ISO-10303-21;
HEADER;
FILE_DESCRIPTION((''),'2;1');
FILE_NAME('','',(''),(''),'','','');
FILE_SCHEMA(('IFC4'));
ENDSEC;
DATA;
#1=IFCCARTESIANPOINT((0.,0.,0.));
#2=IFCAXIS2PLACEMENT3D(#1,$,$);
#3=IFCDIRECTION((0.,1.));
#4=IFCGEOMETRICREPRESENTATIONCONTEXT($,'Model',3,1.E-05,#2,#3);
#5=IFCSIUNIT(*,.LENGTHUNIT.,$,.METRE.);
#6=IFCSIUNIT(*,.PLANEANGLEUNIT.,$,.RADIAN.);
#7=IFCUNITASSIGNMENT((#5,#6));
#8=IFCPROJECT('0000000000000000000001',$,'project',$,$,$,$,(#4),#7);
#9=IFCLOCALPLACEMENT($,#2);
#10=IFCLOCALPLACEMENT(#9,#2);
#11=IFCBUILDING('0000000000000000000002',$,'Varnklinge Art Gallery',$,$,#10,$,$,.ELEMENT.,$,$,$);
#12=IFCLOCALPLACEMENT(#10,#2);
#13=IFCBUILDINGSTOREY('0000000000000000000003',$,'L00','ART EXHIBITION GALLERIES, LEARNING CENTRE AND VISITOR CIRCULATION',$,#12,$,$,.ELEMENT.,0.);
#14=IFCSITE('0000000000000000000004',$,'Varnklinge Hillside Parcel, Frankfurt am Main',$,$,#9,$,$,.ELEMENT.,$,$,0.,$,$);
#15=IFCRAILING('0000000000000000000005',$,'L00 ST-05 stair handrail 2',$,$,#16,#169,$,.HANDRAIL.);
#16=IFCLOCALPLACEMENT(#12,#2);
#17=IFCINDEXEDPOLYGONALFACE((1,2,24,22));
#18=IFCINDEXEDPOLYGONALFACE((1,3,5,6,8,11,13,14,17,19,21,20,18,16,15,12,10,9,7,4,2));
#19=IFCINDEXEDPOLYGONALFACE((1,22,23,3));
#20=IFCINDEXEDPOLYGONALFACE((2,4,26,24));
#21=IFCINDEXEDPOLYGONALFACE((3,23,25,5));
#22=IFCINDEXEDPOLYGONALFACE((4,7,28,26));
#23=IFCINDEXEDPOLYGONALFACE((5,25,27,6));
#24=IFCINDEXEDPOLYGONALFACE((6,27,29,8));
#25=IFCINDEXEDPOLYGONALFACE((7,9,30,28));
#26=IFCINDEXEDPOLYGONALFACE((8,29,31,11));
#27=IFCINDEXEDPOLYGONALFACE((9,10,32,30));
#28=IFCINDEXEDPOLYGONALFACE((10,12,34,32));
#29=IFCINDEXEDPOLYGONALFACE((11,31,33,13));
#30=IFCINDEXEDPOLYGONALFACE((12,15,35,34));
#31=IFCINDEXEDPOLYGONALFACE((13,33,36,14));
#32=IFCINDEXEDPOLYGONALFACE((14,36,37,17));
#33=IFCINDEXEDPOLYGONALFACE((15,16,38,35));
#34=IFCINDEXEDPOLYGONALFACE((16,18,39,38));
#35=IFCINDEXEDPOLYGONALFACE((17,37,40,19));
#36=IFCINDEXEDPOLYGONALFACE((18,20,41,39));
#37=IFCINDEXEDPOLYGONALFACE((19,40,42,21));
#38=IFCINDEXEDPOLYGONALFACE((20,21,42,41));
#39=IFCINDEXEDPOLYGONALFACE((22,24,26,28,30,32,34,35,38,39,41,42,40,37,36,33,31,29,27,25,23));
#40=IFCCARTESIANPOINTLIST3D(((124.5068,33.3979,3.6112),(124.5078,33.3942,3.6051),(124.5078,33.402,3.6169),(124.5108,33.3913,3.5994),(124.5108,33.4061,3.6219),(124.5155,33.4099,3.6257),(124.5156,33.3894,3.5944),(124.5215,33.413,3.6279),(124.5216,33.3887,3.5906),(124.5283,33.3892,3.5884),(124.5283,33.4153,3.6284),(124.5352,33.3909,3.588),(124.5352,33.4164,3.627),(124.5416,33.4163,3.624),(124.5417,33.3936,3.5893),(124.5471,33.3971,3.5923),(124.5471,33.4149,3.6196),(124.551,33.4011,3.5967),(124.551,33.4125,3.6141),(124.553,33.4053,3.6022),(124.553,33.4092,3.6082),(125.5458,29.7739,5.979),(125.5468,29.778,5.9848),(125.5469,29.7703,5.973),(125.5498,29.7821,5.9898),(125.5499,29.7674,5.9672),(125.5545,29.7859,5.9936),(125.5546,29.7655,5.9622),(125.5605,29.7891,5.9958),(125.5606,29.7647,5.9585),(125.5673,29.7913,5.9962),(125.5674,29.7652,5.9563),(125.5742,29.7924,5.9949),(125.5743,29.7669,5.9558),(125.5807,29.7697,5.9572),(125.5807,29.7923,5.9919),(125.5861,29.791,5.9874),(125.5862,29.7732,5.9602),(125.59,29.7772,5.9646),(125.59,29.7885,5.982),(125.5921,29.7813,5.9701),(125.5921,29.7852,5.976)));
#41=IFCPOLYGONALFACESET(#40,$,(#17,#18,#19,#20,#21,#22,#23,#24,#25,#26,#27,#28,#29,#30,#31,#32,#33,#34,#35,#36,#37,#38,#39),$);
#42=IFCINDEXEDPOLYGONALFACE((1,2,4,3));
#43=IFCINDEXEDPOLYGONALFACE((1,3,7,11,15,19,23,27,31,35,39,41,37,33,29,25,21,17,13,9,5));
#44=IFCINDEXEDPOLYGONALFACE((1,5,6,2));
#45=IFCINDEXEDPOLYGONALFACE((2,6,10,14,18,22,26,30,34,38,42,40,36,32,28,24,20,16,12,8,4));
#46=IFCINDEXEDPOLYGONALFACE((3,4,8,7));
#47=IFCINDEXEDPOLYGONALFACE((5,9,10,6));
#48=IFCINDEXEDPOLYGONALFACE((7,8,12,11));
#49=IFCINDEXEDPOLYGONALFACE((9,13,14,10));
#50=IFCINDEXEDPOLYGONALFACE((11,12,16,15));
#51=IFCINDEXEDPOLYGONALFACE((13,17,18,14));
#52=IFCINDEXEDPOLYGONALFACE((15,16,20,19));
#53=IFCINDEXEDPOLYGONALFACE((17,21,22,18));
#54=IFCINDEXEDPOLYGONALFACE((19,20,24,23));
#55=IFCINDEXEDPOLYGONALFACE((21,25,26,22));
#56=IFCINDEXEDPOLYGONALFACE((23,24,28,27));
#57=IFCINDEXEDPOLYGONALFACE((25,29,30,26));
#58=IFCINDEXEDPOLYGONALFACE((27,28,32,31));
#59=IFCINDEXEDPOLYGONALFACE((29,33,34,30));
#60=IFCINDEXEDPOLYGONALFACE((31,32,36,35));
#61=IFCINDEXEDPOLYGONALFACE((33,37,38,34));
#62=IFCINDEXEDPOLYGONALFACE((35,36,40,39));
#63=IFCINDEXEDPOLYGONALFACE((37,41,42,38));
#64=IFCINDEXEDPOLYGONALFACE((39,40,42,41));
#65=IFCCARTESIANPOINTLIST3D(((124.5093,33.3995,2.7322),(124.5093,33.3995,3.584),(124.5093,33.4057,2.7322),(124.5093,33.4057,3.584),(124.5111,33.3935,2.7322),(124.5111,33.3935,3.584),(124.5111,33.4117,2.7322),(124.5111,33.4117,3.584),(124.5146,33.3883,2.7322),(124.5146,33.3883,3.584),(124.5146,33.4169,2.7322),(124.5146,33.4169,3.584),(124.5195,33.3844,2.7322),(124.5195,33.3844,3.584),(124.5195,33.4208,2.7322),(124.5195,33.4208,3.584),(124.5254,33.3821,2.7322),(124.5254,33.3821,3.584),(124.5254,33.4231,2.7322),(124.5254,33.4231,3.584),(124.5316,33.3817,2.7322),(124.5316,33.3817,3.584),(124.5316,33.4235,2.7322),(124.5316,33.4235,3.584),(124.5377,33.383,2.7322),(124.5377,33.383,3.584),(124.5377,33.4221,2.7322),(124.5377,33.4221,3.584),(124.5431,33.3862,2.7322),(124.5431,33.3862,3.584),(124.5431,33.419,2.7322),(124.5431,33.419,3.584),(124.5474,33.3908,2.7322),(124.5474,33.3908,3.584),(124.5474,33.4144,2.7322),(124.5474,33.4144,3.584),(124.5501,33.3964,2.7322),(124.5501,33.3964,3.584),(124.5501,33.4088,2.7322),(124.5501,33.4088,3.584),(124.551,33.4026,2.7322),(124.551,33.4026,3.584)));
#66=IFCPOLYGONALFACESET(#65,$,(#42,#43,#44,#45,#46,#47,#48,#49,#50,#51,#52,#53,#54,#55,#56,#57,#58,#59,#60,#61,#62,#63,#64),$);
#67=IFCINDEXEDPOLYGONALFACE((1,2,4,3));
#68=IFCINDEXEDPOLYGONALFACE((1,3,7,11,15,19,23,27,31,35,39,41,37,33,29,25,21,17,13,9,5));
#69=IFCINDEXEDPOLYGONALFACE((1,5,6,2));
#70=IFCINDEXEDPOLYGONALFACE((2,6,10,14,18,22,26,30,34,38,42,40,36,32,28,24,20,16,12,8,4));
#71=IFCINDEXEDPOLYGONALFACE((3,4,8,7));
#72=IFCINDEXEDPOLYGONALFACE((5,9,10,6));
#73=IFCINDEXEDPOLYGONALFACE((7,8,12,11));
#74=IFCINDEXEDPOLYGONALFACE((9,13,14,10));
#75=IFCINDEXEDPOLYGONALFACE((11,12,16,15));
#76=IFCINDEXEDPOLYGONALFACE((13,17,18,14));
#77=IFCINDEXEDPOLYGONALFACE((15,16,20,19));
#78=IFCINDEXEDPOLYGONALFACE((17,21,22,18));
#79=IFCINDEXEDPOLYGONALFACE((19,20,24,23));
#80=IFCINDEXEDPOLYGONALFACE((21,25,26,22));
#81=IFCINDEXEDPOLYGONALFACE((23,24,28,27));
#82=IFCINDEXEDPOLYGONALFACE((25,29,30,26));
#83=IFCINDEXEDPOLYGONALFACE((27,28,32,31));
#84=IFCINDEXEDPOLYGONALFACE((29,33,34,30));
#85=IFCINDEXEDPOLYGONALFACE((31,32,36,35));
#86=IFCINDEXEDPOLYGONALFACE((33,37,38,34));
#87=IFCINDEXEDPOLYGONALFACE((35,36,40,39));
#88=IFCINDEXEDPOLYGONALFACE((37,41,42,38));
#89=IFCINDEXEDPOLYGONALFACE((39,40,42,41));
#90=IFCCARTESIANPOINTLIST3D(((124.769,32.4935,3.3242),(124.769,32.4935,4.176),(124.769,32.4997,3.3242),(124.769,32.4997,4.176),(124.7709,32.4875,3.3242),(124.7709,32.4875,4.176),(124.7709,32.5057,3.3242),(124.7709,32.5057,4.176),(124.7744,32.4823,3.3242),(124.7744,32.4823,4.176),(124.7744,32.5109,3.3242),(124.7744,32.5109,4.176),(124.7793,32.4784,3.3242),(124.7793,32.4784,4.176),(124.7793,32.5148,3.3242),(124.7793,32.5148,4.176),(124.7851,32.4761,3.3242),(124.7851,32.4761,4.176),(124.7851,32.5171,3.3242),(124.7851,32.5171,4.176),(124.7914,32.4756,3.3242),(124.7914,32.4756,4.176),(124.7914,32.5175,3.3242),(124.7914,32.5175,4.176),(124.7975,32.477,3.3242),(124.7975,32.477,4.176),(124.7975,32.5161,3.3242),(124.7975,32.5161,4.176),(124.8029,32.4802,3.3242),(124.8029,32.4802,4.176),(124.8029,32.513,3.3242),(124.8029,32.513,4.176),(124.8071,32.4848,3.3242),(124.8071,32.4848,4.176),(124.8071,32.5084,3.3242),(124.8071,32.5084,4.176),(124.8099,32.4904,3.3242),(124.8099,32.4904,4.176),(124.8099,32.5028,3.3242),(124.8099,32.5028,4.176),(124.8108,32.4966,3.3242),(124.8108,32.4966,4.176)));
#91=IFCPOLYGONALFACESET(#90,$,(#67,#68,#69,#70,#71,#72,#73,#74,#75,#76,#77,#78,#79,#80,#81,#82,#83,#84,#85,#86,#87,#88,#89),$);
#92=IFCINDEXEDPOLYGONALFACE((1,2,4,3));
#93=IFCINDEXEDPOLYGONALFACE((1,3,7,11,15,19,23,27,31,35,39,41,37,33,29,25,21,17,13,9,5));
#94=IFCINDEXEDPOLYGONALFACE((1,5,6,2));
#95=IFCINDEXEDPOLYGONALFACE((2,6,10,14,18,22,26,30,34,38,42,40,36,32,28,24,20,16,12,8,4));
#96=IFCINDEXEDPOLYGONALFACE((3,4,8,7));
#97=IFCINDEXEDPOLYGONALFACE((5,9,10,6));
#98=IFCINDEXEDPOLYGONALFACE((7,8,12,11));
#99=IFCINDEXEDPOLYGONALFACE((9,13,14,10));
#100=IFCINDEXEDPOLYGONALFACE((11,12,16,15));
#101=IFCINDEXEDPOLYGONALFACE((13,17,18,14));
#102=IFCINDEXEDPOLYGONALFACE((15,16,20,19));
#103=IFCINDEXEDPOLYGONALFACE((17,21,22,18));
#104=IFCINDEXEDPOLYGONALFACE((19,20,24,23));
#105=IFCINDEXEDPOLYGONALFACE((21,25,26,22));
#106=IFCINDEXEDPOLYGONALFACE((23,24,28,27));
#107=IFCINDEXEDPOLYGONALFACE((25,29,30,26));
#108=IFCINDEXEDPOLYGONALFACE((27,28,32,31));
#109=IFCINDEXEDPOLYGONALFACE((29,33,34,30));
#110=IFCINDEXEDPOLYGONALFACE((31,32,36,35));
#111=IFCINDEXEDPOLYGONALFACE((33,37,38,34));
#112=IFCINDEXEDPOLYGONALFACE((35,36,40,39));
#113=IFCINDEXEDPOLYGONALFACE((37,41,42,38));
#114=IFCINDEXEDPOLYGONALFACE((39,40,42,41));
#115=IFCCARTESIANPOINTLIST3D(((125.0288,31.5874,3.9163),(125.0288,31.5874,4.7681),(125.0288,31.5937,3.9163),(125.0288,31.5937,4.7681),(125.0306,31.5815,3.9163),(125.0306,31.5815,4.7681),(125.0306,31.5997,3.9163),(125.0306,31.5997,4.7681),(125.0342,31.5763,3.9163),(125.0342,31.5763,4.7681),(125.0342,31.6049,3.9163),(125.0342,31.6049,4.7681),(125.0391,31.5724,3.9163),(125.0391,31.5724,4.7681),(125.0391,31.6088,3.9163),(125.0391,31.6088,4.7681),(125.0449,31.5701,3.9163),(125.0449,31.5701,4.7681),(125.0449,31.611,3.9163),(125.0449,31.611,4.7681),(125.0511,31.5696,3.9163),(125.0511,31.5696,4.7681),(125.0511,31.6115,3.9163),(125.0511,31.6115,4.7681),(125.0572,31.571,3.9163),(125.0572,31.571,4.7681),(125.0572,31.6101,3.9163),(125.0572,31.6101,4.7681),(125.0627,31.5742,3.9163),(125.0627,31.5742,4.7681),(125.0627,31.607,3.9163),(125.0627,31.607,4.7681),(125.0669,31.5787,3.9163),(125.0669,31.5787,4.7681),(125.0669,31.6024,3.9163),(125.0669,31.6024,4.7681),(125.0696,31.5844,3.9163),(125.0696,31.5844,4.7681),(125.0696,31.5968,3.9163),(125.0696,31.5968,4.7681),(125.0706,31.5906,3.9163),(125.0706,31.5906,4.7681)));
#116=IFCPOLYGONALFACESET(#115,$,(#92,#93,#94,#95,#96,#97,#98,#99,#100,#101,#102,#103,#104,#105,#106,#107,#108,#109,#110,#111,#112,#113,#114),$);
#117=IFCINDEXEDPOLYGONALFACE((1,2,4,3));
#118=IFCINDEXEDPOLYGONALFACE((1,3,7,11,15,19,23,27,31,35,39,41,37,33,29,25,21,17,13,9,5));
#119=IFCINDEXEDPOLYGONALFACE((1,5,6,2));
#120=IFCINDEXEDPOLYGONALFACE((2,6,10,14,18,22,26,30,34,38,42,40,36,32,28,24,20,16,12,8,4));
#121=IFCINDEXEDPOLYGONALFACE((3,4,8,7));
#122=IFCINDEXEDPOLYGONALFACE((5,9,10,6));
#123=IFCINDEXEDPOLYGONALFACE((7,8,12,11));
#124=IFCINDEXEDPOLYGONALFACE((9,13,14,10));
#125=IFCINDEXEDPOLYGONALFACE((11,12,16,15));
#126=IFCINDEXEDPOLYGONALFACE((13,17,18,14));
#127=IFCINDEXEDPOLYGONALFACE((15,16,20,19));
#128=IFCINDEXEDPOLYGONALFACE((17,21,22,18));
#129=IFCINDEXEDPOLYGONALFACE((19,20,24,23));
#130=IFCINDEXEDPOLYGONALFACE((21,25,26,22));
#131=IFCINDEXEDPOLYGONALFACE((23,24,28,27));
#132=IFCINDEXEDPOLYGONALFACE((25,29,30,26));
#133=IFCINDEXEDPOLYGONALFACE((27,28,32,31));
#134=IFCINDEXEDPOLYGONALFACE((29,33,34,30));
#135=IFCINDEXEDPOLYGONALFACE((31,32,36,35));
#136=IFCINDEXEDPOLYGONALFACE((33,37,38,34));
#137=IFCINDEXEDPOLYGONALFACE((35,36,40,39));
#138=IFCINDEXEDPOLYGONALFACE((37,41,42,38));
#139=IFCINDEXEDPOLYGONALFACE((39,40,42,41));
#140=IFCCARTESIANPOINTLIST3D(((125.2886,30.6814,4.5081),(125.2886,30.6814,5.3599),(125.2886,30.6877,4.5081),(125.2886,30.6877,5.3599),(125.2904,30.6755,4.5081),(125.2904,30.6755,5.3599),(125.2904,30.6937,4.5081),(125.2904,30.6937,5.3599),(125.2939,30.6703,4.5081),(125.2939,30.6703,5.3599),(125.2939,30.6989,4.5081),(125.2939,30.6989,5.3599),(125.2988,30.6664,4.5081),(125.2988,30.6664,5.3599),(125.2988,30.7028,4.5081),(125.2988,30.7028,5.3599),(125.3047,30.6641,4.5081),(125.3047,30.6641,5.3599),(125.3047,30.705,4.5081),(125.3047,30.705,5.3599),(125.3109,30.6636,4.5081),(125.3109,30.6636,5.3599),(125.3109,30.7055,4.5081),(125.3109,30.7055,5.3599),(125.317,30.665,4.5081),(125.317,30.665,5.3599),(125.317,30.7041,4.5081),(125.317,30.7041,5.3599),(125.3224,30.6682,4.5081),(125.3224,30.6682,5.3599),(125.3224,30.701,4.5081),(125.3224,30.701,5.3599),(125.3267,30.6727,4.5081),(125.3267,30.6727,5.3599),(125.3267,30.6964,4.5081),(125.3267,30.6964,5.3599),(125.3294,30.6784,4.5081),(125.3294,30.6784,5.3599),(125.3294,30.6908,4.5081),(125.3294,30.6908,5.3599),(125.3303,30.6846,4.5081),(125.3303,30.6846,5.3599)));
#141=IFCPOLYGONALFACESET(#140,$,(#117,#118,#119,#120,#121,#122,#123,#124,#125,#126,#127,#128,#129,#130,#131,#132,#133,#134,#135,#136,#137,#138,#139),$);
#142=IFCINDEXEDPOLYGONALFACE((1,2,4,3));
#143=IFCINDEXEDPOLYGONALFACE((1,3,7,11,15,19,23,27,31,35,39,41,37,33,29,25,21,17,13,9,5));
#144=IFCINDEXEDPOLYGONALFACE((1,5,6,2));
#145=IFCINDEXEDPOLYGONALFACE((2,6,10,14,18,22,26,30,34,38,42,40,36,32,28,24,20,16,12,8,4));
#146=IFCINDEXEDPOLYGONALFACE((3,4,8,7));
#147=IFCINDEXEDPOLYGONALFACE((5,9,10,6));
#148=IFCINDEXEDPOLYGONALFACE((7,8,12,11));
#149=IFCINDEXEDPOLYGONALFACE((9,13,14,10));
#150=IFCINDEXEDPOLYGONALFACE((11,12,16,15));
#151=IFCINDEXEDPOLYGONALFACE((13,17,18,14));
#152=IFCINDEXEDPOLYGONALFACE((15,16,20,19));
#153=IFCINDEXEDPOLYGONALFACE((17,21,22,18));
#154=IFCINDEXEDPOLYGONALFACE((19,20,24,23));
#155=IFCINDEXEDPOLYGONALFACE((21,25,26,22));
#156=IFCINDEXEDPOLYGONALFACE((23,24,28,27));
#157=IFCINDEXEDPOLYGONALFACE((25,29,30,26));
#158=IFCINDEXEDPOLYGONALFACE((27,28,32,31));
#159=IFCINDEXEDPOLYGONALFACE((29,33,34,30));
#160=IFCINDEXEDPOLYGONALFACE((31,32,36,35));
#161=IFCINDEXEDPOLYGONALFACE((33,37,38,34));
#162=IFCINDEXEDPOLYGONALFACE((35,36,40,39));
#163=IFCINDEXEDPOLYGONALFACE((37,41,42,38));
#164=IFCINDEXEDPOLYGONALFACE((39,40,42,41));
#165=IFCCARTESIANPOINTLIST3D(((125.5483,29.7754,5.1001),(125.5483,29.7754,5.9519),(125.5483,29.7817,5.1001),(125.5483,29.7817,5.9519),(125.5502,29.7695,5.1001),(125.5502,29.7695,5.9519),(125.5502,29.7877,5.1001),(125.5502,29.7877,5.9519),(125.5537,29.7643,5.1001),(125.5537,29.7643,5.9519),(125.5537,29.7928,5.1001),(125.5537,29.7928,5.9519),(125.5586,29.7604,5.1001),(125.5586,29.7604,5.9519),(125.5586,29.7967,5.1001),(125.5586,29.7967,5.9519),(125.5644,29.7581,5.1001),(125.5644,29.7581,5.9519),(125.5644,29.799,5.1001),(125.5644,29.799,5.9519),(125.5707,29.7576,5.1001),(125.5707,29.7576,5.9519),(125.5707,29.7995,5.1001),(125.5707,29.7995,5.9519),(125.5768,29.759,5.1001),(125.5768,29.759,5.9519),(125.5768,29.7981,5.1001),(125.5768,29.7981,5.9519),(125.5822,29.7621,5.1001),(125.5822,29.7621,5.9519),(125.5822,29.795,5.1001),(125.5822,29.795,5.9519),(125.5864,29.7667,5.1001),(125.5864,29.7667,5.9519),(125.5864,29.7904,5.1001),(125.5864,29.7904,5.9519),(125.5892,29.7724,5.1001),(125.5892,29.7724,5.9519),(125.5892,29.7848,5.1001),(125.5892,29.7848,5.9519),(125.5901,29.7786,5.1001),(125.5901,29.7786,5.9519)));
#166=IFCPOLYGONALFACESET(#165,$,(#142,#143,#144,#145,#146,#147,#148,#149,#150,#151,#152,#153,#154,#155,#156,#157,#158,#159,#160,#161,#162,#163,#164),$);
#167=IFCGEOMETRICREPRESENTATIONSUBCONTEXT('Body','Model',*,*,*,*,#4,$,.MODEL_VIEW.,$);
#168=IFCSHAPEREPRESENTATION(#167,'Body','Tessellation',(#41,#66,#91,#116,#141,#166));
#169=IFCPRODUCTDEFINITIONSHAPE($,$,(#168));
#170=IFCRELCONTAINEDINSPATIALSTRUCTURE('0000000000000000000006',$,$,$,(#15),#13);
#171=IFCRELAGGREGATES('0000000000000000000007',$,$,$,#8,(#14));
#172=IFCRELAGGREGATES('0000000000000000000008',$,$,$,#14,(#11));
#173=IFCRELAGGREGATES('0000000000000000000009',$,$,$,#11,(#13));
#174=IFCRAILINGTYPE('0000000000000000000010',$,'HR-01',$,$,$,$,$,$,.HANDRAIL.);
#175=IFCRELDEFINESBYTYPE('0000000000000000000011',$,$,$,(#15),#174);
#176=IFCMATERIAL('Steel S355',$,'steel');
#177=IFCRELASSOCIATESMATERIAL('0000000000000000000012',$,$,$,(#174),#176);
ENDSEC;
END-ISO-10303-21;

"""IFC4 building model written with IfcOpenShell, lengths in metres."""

from ifc_helpers import new_model, si_unit, direction, frame, origin, origin_2d, place, context, subcontext, project, spatial, circle, extrude, material, type_object, element, save


model = new_model("IFC4")

# Units and contexts
model_context = context("Model", 3, precision=1e-05, world=origin(), true_north=direction((0.0, 1.0)))
body_context = subcontext(model_context, "Body", "Model", "MODEL_VIEW")
ifc_project = project(units=[si_unit("LENGTHUNIT", "METRE"), si_unit("PLANEANGLEUNIT", "RADIAN")], contexts=[model_context])

# Site, building, storey
site_placement = place(None, origin())
site = spatial("IfcSite", under=ifc_project, at=site_placement, Name="Varnklinge Hillside Parcel, Frankfurt am Main", CompositionType="ELEMENT", RefElevation=0.0)
building_placement = place(site_placement, origin())
building = spatial("IfcBuilding", under=site, at=building_placement, Name="Varnklinge Art Gallery", CompositionType="ELEMENT")
storey_placement = place(building_placement, origin())
storey = spatial("IfcBuildingStorey", under=building, at=storey_placement, Name="L00", Description="ART EXHIBITION GALLERIES, LEARNING CENTRE AND VISITOR CIRCULATION", CompositionType="ELEMENT", Elevation=0.0)

# Railing
ifc_material_1 = material(Name="Steel S355", Category="steel")
railing_type_1 = type_object("IfcRailingType", Name="HR-01", PredefinedType="HANDRAIL", material=ifc_material_1)
railing_1_placement = place(storey_placement, frame((124.53, 33.4026, 2.7322)))
element("IfcRailing", 1, at=railing_1_placement, inside=storey, type_object=railing_type_1, Name="L00 ST-05 stair handrail 2", PredefinedType="HANDRAIL", context=body_context, shape_type="SweptSolid", body=[
    extrude(circle(Radius=0.0239, at=origin_2d()), frame((0.0, 0.0, 0.876), z_axis=(0.233393, -0.814023, 0.531879), x_axis=(0.961269, 0.275611, 0.0)), (0.0, 0.0, 1.0), 4.4519),
    extrude(circle(Radius=0.021, at=origin_2d()), origin(), (0.0, 0.0, 1.0), 0.8518),
    extrude(circle(Radius=0.021, at=origin_2d()), frame((0.2598, -0.906, 0.592)), (0.0, 0.0, 1.0), 0.8518),
    extrude(circle(Radius=0.021, at=origin_2d()), frame((0.5195, -1.812, 1.1841)), (0.0, 0.0, 1.0), 0.8518),
    extrude(circle(Radius=0.021, at=origin_2d()), frame((0.7793, -2.718, 1.7759)), (0.0, 0.0, 1.0), 0.8518),
    extrude(circle(Radius=0.021, at=origin_2d()), frame((1.0391, -3.624, 2.3679)), (0.0, 0.0, 1.0), 0.8518),
])

save(model, "model.ifc")
